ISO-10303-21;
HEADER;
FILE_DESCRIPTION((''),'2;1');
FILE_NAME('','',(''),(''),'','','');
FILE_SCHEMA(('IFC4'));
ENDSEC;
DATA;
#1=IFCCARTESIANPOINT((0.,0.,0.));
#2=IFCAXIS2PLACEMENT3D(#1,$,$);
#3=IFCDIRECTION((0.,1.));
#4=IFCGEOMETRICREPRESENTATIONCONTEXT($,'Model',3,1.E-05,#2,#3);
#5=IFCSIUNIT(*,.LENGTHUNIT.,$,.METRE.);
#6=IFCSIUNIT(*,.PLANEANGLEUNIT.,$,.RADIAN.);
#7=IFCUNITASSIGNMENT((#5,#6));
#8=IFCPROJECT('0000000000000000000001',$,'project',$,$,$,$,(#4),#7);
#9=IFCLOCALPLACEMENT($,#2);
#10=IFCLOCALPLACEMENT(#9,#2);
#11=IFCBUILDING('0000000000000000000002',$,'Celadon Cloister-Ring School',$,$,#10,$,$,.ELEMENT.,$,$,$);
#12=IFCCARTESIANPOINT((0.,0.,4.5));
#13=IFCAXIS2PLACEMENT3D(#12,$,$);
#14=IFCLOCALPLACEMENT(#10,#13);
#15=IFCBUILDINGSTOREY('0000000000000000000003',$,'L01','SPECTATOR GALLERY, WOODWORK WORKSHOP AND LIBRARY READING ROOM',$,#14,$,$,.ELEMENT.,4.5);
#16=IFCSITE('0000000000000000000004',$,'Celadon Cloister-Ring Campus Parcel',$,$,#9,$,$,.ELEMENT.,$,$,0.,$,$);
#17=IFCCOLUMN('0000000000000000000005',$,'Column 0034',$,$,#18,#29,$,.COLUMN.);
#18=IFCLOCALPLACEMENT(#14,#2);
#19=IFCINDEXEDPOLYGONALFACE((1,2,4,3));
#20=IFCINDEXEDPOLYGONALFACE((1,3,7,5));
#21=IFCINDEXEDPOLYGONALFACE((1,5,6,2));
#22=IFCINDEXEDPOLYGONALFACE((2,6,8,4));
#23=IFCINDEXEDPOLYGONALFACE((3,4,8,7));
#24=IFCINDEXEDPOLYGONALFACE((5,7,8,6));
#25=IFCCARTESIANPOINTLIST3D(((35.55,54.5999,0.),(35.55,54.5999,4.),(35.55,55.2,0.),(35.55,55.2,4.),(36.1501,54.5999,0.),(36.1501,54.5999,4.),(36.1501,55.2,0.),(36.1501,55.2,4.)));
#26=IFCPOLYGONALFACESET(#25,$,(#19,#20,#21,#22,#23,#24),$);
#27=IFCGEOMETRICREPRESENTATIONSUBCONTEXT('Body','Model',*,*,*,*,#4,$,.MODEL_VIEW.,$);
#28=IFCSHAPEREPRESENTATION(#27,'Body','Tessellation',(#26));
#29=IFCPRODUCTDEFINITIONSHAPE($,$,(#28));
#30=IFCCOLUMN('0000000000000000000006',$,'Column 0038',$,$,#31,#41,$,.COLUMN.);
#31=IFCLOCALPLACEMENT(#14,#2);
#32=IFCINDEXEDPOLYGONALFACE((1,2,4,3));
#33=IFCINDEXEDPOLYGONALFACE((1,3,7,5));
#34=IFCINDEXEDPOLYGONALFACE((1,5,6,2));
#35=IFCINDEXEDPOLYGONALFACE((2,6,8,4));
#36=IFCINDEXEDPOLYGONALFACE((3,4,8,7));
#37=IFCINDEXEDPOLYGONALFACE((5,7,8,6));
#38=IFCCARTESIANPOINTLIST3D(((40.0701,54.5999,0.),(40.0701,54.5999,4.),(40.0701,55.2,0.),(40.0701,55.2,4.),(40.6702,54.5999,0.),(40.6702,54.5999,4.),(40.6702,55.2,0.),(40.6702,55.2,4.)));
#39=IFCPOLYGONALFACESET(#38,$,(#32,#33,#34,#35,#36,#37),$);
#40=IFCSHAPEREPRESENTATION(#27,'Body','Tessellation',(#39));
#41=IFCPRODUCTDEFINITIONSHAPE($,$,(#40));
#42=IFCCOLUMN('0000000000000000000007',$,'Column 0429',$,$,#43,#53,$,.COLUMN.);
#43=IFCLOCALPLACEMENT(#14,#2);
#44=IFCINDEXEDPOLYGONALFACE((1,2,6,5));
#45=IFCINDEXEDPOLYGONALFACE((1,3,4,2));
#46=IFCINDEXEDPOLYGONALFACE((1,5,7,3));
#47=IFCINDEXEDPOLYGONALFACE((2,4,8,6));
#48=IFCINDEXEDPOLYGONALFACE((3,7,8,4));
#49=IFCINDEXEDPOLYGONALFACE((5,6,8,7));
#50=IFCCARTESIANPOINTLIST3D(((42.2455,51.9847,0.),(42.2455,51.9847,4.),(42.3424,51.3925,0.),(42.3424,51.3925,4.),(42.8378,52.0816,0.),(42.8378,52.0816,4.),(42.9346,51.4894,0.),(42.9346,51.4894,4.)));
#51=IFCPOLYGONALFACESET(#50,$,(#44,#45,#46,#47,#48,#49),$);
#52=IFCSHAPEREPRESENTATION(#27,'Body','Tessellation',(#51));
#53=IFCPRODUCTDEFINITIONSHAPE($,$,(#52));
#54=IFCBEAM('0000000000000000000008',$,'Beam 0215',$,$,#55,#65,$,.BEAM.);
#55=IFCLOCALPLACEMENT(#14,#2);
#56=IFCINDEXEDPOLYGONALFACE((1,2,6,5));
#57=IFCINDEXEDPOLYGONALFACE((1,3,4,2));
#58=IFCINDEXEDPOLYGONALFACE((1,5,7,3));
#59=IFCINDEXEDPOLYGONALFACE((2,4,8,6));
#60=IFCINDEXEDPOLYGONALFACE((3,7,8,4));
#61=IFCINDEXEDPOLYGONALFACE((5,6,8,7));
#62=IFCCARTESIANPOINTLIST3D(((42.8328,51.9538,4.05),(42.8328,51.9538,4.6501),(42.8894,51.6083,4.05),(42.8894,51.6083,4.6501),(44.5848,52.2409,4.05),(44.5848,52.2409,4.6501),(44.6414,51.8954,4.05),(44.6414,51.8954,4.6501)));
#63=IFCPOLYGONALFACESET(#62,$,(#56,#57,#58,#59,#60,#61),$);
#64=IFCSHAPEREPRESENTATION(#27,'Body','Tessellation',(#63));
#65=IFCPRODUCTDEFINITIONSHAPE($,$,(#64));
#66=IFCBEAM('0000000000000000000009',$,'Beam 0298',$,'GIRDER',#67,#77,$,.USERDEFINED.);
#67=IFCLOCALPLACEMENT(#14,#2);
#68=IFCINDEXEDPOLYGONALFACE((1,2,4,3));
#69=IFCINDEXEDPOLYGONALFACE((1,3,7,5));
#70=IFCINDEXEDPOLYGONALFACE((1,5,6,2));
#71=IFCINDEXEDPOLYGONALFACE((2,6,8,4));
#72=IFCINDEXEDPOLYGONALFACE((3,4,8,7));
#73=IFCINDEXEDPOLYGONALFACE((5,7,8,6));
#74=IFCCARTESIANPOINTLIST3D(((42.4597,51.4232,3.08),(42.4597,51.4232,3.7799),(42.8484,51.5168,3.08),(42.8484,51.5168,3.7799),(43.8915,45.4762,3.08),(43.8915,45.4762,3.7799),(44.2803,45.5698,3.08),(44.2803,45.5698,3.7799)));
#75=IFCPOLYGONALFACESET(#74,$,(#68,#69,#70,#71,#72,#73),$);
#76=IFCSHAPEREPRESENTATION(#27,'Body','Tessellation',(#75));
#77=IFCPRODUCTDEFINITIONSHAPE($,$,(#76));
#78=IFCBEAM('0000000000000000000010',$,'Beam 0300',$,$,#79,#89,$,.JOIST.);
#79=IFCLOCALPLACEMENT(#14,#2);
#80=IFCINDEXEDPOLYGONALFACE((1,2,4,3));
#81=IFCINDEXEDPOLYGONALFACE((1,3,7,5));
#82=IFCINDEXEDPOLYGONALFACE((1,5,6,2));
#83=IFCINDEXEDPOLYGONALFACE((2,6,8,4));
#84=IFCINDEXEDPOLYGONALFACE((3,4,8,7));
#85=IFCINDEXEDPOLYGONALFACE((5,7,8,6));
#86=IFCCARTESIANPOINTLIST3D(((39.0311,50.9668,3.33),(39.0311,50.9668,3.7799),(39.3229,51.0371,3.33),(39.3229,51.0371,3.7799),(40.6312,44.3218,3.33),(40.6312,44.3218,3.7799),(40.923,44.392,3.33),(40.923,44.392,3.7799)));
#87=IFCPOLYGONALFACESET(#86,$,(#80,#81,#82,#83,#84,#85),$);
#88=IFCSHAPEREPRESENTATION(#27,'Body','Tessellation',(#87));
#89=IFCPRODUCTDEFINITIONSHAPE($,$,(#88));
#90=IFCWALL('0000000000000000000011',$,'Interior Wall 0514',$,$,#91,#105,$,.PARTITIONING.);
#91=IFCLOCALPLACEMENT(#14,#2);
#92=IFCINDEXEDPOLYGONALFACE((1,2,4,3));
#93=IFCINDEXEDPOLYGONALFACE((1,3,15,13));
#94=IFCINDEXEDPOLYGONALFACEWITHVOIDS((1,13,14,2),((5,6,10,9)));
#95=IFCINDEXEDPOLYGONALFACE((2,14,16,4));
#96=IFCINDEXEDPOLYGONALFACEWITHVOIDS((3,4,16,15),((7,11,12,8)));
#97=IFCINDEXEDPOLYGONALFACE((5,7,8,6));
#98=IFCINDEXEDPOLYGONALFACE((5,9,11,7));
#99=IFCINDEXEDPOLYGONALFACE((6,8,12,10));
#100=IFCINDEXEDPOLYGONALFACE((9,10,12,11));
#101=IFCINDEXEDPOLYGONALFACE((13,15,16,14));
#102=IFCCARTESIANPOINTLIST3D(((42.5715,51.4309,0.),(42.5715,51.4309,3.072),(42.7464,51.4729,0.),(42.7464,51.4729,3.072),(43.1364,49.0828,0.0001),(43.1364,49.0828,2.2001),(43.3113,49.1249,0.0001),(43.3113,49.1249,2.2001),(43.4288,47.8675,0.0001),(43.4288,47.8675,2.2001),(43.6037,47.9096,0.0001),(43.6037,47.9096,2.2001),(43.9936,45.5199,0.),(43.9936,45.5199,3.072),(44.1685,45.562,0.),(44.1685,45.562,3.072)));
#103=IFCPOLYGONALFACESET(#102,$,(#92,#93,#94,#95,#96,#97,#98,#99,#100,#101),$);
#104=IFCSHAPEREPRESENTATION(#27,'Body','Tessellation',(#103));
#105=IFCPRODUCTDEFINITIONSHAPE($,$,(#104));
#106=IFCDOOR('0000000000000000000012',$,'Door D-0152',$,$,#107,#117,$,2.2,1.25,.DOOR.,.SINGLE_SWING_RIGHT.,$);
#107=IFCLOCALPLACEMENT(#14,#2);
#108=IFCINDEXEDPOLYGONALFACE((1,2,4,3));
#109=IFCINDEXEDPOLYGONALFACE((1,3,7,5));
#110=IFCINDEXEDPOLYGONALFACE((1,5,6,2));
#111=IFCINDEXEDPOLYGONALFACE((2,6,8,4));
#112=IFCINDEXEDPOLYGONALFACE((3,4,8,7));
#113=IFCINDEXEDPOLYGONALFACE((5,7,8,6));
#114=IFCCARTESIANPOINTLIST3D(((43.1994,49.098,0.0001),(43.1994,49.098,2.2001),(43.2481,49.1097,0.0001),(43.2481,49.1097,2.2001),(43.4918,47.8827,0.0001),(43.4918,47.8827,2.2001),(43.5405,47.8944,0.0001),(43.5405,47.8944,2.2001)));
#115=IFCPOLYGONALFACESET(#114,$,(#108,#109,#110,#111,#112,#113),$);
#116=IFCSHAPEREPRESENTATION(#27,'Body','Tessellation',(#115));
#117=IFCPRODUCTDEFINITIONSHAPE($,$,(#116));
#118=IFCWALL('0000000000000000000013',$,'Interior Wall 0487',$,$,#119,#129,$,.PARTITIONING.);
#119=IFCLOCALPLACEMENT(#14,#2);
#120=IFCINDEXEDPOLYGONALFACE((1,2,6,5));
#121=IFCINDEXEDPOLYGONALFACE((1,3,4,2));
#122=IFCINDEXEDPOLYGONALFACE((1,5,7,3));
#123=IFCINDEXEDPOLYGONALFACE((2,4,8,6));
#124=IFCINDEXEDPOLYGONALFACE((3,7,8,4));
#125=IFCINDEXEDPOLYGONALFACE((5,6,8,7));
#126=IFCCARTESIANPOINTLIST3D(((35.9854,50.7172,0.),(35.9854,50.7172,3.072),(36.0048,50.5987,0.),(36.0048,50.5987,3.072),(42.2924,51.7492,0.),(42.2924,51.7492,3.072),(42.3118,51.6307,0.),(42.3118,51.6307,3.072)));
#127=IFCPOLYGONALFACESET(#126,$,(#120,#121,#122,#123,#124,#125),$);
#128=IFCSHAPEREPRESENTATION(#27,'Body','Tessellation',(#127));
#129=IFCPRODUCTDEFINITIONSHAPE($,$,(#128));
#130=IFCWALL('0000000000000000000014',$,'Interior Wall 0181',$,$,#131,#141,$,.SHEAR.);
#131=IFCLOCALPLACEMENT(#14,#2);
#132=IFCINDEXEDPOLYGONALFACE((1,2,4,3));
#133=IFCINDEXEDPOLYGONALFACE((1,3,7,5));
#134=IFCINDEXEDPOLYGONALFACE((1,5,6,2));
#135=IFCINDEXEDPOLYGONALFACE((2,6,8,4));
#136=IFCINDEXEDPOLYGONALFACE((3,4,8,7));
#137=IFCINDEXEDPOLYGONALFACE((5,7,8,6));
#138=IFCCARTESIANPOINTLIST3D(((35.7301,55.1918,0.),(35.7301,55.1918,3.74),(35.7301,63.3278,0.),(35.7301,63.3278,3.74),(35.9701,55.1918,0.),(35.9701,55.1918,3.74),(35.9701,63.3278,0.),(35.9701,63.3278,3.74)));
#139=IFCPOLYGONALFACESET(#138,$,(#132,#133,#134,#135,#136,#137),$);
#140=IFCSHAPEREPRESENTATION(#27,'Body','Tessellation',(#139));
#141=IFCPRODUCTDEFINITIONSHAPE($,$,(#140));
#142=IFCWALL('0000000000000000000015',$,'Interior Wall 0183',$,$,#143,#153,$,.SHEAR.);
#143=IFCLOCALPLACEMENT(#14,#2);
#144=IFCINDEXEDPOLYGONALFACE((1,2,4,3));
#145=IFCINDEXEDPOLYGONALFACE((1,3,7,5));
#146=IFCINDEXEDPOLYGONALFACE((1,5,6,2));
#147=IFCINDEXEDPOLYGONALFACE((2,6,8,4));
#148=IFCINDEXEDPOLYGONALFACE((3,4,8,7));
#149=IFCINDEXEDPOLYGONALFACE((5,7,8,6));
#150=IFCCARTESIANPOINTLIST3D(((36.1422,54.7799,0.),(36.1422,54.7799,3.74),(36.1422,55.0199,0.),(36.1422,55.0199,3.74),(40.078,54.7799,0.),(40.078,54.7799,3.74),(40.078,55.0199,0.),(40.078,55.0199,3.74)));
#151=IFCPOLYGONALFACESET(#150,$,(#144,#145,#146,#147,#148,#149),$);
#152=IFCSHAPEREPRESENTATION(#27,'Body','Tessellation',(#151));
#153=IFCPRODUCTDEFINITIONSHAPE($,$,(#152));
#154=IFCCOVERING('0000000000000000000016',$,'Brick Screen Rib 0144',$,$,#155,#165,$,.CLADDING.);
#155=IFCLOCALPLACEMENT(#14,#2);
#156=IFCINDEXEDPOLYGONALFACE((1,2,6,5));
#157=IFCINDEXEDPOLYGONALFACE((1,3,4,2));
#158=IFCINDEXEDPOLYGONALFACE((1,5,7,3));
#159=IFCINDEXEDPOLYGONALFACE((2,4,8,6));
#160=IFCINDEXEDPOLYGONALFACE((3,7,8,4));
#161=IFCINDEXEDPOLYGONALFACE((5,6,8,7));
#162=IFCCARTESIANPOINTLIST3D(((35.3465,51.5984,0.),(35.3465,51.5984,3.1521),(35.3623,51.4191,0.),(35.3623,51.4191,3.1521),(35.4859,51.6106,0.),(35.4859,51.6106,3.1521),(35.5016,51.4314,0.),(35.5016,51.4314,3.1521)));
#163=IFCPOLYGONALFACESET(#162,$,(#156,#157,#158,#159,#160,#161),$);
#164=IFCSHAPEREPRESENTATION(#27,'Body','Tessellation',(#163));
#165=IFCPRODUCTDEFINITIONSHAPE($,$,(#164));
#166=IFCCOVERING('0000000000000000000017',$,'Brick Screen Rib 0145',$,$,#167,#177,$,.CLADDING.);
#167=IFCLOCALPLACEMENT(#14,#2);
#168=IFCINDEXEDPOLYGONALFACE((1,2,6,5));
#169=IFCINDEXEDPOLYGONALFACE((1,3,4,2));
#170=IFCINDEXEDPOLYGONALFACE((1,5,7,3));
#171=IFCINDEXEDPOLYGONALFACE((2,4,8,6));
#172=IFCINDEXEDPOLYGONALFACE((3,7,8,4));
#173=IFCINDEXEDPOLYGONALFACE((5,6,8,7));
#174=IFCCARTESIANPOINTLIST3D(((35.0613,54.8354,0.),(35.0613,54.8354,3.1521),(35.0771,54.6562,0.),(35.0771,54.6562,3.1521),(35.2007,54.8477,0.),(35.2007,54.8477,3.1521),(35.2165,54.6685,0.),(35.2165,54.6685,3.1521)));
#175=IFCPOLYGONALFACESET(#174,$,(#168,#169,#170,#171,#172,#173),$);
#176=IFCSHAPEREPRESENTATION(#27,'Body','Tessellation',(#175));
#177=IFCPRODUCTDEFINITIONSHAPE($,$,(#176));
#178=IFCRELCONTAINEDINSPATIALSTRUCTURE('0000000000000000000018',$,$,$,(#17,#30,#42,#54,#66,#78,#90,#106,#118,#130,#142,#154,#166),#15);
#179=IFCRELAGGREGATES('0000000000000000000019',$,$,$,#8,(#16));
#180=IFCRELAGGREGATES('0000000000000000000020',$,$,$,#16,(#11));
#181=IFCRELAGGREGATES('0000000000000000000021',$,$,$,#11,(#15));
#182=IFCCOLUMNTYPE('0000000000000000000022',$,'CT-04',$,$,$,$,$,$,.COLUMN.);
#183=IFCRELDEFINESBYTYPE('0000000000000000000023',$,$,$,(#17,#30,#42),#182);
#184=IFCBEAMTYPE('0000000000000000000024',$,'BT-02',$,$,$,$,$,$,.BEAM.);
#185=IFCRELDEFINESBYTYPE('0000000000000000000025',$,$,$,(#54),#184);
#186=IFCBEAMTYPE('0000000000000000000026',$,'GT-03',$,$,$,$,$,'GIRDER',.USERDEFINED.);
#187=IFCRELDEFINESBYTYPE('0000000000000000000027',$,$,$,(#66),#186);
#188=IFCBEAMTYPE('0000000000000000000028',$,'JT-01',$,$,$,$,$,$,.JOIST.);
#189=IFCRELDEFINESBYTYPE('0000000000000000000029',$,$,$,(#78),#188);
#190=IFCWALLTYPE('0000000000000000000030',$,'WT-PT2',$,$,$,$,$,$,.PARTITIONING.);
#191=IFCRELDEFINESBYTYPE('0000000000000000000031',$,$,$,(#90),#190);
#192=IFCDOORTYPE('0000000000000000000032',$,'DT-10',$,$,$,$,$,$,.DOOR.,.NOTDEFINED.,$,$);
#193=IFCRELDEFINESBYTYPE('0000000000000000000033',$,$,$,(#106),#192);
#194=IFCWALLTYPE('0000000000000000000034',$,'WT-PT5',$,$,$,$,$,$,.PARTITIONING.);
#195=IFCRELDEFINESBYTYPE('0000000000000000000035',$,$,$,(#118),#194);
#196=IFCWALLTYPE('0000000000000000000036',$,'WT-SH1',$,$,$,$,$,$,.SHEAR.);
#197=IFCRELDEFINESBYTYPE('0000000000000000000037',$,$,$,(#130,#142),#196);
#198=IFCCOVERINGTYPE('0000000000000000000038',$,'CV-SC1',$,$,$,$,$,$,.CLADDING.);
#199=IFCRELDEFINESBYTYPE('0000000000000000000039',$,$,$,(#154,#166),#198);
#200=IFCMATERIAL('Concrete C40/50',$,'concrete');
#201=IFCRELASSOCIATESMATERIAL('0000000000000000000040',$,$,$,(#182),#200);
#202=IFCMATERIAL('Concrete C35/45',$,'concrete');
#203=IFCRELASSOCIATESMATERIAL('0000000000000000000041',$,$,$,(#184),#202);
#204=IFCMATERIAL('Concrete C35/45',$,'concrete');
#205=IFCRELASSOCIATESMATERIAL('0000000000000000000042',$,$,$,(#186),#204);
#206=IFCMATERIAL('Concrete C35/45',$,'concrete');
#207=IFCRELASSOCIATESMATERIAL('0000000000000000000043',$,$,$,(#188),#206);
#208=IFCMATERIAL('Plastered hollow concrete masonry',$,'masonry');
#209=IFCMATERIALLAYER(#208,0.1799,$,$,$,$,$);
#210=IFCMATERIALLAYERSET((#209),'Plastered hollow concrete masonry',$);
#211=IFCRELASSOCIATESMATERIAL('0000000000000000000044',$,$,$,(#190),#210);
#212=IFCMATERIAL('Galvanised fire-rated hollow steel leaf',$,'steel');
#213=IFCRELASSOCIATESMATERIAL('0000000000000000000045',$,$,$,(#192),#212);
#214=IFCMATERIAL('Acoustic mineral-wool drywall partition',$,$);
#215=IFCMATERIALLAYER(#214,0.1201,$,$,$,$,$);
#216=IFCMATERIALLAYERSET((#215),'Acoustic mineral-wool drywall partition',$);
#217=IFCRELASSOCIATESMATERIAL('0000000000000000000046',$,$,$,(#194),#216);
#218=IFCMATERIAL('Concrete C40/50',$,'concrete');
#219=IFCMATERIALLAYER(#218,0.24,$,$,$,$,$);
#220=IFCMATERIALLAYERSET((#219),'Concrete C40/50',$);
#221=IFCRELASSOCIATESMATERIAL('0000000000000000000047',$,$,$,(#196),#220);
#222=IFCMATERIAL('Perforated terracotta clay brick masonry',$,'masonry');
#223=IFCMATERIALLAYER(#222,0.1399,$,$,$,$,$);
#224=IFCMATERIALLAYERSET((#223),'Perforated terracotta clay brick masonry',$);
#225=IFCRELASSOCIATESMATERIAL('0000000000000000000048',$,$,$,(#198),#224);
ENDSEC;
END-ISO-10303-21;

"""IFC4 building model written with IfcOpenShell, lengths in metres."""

from ifc_helpers import new_model, si_unit, direction, frame, frame_2d, origin, origin_2d, place, context, subcontext, project, spatial, rectangle, extrude, material, layer, layer_set, material_profile, profile_set, type_object, element, fill, save


model = new_model("IFC4")

# Units and contexts
model_context = context("Model", 3, precision=1e-05, world=origin(), true_north=direction((0.0, 1.0)))
body_context = subcontext(model_context, "Body", "Model", "MODEL_VIEW")
ifc_project = project(units=[si_unit("LENGTHUNIT", "METRE"), si_unit("PLANEANGLEUNIT", "RADIAN")], contexts=[model_context])

# Site, building, storey
site_placement = place(None, origin())
site = spatial("IfcSite", under=ifc_project, at=site_placement, Name="Celadon Cloister-Ring Campus Parcel", CompositionType="ELEMENT", RefElevation=0.0)
building_placement = place(site_placement, origin())
building = spatial("IfcBuilding", under=site, at=building_placement, Name="Celadon Cloister-Ring School", CompositionType="ELEMENT")
storey_placement = place(building_placement, frame((0.0, 0.0, 4.5)))
storey = spatial("IfcBuildingStorey", under=building, at=storey_placement, Name="L01", Description="SPECTATOR GALLERY, WOODWORK WORKSHOP AND LIBRARY READING ROOM", CompositionType="ELEMENT", Elevation=4.5)

# Columns
ifc_material_1 = material(Name="Concrete C40/50", Category="concrete")
ifc_material_profile_1 = material_profile(ifc_material_1, rectangle(XDim=0.6001, YDim=0.6001, at=origin_2d()), Name="RC600X600")
ifc_profile_set_1 = profile_set([ifc_material_profile_1], Name="Concrete C40/50")
column_type = type_object("IfcColumnType", Name="CT-04", PredefinedType="COLUMN", material=ifc_profile_set_1)
for number, where, z_axis, x_axis, name in (
    (1, (35.8501, 54.8999, 0.0), (0.0, 0.0, 1.0), (1.0, 0.0, 0.0), "Column 0034"),
    (2, (40.3701, 54.8999, 0.0), (0.0, 0.0, 1.0), (1.0, 0.0, 0.0), "Column 0038"),
    (3, (42.5901, 51.7371, 0.0), (0.0, 0.0, 1.0), (-0.98689, -0.161397, 0.0), "Column 0429"),
):
    element("IfcColumn", number, at=place(storey_placement, frame(where, z_axis=z_axis, x_axis=x_axis)), inside=storey, type_object=column_type, Name=name, PredefinedType="COLUMN", context=body_context, shape_type="SweptSolid", body=[
        extrude(rectangle(XDim=0.6001, YDim=0.6001, at=origin_2d()), origin(), (0.0, 0.0, 1.0), 4.0),
    ])

# Beams
ifc_material_2 = material(Name="Concrete C35/45", Category="concrete")
ifc_material_profile_2 = material_profile(ifc_material_2, rectangle(XDim=0.3501, YDim=0.6001, at=origin_2d()), Name="RC350X600")
ifc_profile_set_2 = profile_set([ifc_material_profile_2], Name="Concrete C35/45")
beam_type_1 = type_object("IfcBeamType", Name="BT-02", PredefinedType="BEAM", material=ifc_profile_set_2)
beam_1_placement = place(storey_placement, frame((42.8611, 51.781, 4.3501), z_axis=(0.986836, 0.161722, 0.0), x_axis=(-0.161722, 0.986836, 0.0)))
element("IfcBeam", 4, at=beam_1_placement, inside=storey, type_object=beam_type_1, Name="Beam 0215", PredefinedType="BEAM", context=body_context, shape_type="SweptSolid", body=[
    extrude(rectangle(XDim=0.3501, YDim=0.6001, at=origin_2d()), origin(), (0.0, 0.0, 1.0), 1.7754),
])
ifc_material_3 = material(Name="Concrete C35/45", Category="concrete")
ifc_material_profile_3 = material_profile(ifc_material_3, rectangle(XDim=0.3999, YDim=0.7, at=origin_2d()), Name="RC400X700")
ifc_profile_set_3 = profile_set([ifc_material_profile_3], Name="Concrete C35/45")
beam_type_2 = type_object("IfcBeamType", Name="GT-03", ElementType="GIRDER", PredefinedType="USERDEFINED", material=ifc_profile_set_3)
beam_2_placement = place(storey_placement, frame((42.6541, 51.47, 3.4299), z_axis=(0.234084, -0.972216, 0.0), x_axis=(0.972216, 0.234084, 0.0)))
element("IfcBeam", 5, at=beam_2_placement, inside=storey, type_object=beam_type_2, Name="Beam 0298", ObjectType="GIRDER", PredefinedType="USERDEFINED", context=body_context, shape_type="SweptSolid", body=[
    extrude(rectangle(XDim=0.3999, YDim=0.7, at=origin_2d()), origin(), (0.0, 0.0, 1.0), 6.1169),
])
ifc_material_4 = material(Name="Concrete C35/45", Category="concrete")
ifc_material_profile_4 = material_profile(ifc_material_4, rectangle(XDim=0.3, YDim=0.45, at=origin_2d()), Name="RC300X450")
ifc_profile_set_4 = profile_set([ifc_material_profile_4], Name="Concrete C35/45")
beam_type_3 = type_object("IfcBeamType", Name="JT-01", PredefinedType="JOIST", material=ifc_profile_set_4)
beam_3_placement = place(storey_placement, frame((39.177, 51.002, 3.5549), z_axis=(0.234105, -0.972211, 0.0), x_axis=(0.972211, 0.234105, 0.0)))
element("IfcBeam", 6, at=beam_3_placement, inside=storey, type_object=beam_type_3, Name="Beam 0300", PredefinedType="JOIST", context=body_context, shape_type="SweptSolid", body=[
    extrude(rectangle(XDim=0.3, YDim=0.45, at=origin_2d()), origin(), (0.0, 0.0, 1.0), 6.835),
])

# Wall, opening, door
ifc_material_5 = material(Name="Plastered hollow concrete masonry", Category="masonry")
ifc_layer_1 = layer(ifc_material_5, 0.1799)
ifc_layer_set_1 = layer_set([ifc_layer_1], Name="Plastered hollow concrete masonry")
wall_type_1 = type_object("IfcWallType", Name="WT-PT2", PredefinedType="PARTITIONING", material=ifc_layer_set_1)
wall_1_placement = place(storey_placement, frame((42.6589, 51.4519, 0.0), z_axis=(0.0, 0.0, 1.0), x_axis=(0.233918, -0.972256, 0.0)))
wall_1 = element("IfcWall", 7, at=wall_1_placement, inside=storey, type_object=wall_type_1, Name="Interior Wall 0514", PredefinedType="PARTITIONING", context=body_context, shape_type="SweptSolid", body=[
    extrude(rectangle(XDim=6.0796, YDim=0.1799, at=frame_2d((3.0398, 0.0))), origin(), (0.0, 0.0, 1.0), 3.072),
])
opening_placement = place(wall_1_placement, frame((2.415, 0.0, 0.0)))
opening = element("IfcOpeningElement", 8, at=opening_placement, cuts=wall_1, PredefinedType="OPENING", context=body_context, shape_type="SweptSolid", body=[
    extrude(rectangle(XDim=1.25, YDim=2.2, at=frame_2d((0.625, 1.1001))), frame((0.0, 0.1001, 0.0), z_axis=(0.0, -1.0, 0.0), x_axis=(1.0, 0.0, 0.0)), (0.0, 0.0, 1.0), 0.2),
])
ifc_material_6 = material(Name="Galvanised fire-rated hollow steel leaf", Category="steel")
door_type = type_object("IfcDoorType", Name="DT-10", OperationType="NOTDEFINED", PredefinedType="DOOR", material=ifc_material_6)
door_placement = place(opening_placement, origin())
door = element("IfcDoor", 9, at=door_placement, inside=storey, type_object=door_type, Name="Door D-0152", OperationType="SINGLE_SWING_RIGHT", OverallHeight=2.2, OverallWidth=1.25, PredefinedType="DOOR", context=body_context, shape_type="SweptSolid", body=[
    extrude(rectangle(XDim=1.25, YDim=2.2, at=frame_2d((0.625, 1.1001))), frame((0.0, 0.0249, 0.0), z_axis=(0.0, -1.0, 0.0), x_axis=(1.0, 0.0, 0.0)), (0.0, 0.0, 1.0), 0.05),
])
fill(opening, door)

# Walls
ifc_material_7 = material(Name="Acoustic mineral-wool drywall partition")
ifc_layer_2 = layer(ifc_material_7, 0.1201)
ifc_layer_set_2 = layer_set([ifc_layer_2], Name="Acoustic mineral-wool drywall partition")
wall_type_2 = type_object("IfcWallType", Name="WT-PT5", PredefinedType="PARTITIONING", material=ifc_layer_set_2)
wall_2_placement = place(storey_placement, frame((42.302, 51.6899, 0.0), z_axis=(0.0, 0.0, 1.0), x_axis=(-0.986876, -0.16148, 0.0)))
element("IfcWall", 10, at=wall_2_placement, inside=storey, type_object=wall_type_2, Name="Interior Wall 0487", PredefinedType="PARTITIONING", context=body_context, shape_type="SweptSolid", body=[
    extrude(rectangle(XDim=6.3909, YDim=0.1201, at=frame_2d((3.1953, 0.0))), origin(), (0.0, 0.0, 1.0), 3.072),
])
ifc_material_8 = material(Name="Concrete C40/50", Category="concrete")
ifc_layer_3 = layer(ifc_material_8, 0.24)
ifc_layer_set_3 = layer_set([ifc_layer_3], Name="Concrete C40/50")
wall_type_3 = type_object("IfcWallType", Name="WT-SH1", PredefinedType="SHEAR", material=ifc_layer_set_3)
wall_3_placement = place(storey_placement, frame((35.8501, 55.1919, 0.0), z_axis=(0.0, 0.0, 1.0), x_axis=(0.0, 1.0, 0.0)))
element("IfcWall", 11, at=wall_3_placement, inside=storey, type_object=wall_type_3, Name="Interior Wall 0181", PredefinedType="SHEAR", context=body_context, shape_type="SweptSolid", body=[
    extrude(rectangle(XDim=8.136, YDim=0.24, at=frame_2d((4.0679, 0.0))), origin(), (0.0, 0.0, 1.0), 3.74),
])
wall_4_placement = place(storey_placement, frame((40.0779, 54.8999, 0.0), z_axis=(0.0, 0.0, 1.0), x_axis=(-1.0, 0.0, 0.0)))
element("IfcWall", 12, at=wall_4_placement, inside=storey, type_object=wall_type_3, Name="Interior Wall 0183", PredefinedType="SHEAR", context=body_context, shape_type="SweptSolid", body=[
    extrude(rectangle(XDim=3.9358, YDim=0.24, at=frame_2d((1.9678, 0.0))), origin(), (0.0, 0.0, 1.0), 3.74),
])

# Coverings
ifc_material_9 = material(Name="Perforated terracotta clay brick masonry", Category="masonry")
ifc_layer_4 = layer(ifc_material_9, 0.1399)
ifc_layer_set_4 = layer_set([ifc_layer_4], Name="Perforated terracotta clay brick masonry")
covering_type = type_object("IfcCoveringType", Name="CV-SC1", PredefinedType="CLADDING", material=ifc_layer_set_4)
for number, where, z_axis, x_axis, name in (
    (13, (35.4241, 51.5149, 0.0), (0.0, 0.0, 1.0), (-0.087747, 0.996143, 0.0), "Brick Screen Rib 0144"),
    (14, (35.1389, 54.752, 0.0), (0.0, 0.0, 1.0), (-0.087747, 0.996143, 0.0), "Brick Screen Rib 0145"),
):
    element("IfcCovering", number, at=place(storey_placement, frame(where, z_axis=z_axis, x_axis=x_axis)), inside=storey, type_object=covering_type, Name=name, PredefinedType="CLADDING", context=body_context, shape_type="SweptSolid", body=[
        extrude(rectangle(XDim=0.1799, YDim=0.1399, at=origin_2d()), origin(), (0.0, 0.0, 1.0), 3.1521),
    ])

save(model, "model.ifc")
